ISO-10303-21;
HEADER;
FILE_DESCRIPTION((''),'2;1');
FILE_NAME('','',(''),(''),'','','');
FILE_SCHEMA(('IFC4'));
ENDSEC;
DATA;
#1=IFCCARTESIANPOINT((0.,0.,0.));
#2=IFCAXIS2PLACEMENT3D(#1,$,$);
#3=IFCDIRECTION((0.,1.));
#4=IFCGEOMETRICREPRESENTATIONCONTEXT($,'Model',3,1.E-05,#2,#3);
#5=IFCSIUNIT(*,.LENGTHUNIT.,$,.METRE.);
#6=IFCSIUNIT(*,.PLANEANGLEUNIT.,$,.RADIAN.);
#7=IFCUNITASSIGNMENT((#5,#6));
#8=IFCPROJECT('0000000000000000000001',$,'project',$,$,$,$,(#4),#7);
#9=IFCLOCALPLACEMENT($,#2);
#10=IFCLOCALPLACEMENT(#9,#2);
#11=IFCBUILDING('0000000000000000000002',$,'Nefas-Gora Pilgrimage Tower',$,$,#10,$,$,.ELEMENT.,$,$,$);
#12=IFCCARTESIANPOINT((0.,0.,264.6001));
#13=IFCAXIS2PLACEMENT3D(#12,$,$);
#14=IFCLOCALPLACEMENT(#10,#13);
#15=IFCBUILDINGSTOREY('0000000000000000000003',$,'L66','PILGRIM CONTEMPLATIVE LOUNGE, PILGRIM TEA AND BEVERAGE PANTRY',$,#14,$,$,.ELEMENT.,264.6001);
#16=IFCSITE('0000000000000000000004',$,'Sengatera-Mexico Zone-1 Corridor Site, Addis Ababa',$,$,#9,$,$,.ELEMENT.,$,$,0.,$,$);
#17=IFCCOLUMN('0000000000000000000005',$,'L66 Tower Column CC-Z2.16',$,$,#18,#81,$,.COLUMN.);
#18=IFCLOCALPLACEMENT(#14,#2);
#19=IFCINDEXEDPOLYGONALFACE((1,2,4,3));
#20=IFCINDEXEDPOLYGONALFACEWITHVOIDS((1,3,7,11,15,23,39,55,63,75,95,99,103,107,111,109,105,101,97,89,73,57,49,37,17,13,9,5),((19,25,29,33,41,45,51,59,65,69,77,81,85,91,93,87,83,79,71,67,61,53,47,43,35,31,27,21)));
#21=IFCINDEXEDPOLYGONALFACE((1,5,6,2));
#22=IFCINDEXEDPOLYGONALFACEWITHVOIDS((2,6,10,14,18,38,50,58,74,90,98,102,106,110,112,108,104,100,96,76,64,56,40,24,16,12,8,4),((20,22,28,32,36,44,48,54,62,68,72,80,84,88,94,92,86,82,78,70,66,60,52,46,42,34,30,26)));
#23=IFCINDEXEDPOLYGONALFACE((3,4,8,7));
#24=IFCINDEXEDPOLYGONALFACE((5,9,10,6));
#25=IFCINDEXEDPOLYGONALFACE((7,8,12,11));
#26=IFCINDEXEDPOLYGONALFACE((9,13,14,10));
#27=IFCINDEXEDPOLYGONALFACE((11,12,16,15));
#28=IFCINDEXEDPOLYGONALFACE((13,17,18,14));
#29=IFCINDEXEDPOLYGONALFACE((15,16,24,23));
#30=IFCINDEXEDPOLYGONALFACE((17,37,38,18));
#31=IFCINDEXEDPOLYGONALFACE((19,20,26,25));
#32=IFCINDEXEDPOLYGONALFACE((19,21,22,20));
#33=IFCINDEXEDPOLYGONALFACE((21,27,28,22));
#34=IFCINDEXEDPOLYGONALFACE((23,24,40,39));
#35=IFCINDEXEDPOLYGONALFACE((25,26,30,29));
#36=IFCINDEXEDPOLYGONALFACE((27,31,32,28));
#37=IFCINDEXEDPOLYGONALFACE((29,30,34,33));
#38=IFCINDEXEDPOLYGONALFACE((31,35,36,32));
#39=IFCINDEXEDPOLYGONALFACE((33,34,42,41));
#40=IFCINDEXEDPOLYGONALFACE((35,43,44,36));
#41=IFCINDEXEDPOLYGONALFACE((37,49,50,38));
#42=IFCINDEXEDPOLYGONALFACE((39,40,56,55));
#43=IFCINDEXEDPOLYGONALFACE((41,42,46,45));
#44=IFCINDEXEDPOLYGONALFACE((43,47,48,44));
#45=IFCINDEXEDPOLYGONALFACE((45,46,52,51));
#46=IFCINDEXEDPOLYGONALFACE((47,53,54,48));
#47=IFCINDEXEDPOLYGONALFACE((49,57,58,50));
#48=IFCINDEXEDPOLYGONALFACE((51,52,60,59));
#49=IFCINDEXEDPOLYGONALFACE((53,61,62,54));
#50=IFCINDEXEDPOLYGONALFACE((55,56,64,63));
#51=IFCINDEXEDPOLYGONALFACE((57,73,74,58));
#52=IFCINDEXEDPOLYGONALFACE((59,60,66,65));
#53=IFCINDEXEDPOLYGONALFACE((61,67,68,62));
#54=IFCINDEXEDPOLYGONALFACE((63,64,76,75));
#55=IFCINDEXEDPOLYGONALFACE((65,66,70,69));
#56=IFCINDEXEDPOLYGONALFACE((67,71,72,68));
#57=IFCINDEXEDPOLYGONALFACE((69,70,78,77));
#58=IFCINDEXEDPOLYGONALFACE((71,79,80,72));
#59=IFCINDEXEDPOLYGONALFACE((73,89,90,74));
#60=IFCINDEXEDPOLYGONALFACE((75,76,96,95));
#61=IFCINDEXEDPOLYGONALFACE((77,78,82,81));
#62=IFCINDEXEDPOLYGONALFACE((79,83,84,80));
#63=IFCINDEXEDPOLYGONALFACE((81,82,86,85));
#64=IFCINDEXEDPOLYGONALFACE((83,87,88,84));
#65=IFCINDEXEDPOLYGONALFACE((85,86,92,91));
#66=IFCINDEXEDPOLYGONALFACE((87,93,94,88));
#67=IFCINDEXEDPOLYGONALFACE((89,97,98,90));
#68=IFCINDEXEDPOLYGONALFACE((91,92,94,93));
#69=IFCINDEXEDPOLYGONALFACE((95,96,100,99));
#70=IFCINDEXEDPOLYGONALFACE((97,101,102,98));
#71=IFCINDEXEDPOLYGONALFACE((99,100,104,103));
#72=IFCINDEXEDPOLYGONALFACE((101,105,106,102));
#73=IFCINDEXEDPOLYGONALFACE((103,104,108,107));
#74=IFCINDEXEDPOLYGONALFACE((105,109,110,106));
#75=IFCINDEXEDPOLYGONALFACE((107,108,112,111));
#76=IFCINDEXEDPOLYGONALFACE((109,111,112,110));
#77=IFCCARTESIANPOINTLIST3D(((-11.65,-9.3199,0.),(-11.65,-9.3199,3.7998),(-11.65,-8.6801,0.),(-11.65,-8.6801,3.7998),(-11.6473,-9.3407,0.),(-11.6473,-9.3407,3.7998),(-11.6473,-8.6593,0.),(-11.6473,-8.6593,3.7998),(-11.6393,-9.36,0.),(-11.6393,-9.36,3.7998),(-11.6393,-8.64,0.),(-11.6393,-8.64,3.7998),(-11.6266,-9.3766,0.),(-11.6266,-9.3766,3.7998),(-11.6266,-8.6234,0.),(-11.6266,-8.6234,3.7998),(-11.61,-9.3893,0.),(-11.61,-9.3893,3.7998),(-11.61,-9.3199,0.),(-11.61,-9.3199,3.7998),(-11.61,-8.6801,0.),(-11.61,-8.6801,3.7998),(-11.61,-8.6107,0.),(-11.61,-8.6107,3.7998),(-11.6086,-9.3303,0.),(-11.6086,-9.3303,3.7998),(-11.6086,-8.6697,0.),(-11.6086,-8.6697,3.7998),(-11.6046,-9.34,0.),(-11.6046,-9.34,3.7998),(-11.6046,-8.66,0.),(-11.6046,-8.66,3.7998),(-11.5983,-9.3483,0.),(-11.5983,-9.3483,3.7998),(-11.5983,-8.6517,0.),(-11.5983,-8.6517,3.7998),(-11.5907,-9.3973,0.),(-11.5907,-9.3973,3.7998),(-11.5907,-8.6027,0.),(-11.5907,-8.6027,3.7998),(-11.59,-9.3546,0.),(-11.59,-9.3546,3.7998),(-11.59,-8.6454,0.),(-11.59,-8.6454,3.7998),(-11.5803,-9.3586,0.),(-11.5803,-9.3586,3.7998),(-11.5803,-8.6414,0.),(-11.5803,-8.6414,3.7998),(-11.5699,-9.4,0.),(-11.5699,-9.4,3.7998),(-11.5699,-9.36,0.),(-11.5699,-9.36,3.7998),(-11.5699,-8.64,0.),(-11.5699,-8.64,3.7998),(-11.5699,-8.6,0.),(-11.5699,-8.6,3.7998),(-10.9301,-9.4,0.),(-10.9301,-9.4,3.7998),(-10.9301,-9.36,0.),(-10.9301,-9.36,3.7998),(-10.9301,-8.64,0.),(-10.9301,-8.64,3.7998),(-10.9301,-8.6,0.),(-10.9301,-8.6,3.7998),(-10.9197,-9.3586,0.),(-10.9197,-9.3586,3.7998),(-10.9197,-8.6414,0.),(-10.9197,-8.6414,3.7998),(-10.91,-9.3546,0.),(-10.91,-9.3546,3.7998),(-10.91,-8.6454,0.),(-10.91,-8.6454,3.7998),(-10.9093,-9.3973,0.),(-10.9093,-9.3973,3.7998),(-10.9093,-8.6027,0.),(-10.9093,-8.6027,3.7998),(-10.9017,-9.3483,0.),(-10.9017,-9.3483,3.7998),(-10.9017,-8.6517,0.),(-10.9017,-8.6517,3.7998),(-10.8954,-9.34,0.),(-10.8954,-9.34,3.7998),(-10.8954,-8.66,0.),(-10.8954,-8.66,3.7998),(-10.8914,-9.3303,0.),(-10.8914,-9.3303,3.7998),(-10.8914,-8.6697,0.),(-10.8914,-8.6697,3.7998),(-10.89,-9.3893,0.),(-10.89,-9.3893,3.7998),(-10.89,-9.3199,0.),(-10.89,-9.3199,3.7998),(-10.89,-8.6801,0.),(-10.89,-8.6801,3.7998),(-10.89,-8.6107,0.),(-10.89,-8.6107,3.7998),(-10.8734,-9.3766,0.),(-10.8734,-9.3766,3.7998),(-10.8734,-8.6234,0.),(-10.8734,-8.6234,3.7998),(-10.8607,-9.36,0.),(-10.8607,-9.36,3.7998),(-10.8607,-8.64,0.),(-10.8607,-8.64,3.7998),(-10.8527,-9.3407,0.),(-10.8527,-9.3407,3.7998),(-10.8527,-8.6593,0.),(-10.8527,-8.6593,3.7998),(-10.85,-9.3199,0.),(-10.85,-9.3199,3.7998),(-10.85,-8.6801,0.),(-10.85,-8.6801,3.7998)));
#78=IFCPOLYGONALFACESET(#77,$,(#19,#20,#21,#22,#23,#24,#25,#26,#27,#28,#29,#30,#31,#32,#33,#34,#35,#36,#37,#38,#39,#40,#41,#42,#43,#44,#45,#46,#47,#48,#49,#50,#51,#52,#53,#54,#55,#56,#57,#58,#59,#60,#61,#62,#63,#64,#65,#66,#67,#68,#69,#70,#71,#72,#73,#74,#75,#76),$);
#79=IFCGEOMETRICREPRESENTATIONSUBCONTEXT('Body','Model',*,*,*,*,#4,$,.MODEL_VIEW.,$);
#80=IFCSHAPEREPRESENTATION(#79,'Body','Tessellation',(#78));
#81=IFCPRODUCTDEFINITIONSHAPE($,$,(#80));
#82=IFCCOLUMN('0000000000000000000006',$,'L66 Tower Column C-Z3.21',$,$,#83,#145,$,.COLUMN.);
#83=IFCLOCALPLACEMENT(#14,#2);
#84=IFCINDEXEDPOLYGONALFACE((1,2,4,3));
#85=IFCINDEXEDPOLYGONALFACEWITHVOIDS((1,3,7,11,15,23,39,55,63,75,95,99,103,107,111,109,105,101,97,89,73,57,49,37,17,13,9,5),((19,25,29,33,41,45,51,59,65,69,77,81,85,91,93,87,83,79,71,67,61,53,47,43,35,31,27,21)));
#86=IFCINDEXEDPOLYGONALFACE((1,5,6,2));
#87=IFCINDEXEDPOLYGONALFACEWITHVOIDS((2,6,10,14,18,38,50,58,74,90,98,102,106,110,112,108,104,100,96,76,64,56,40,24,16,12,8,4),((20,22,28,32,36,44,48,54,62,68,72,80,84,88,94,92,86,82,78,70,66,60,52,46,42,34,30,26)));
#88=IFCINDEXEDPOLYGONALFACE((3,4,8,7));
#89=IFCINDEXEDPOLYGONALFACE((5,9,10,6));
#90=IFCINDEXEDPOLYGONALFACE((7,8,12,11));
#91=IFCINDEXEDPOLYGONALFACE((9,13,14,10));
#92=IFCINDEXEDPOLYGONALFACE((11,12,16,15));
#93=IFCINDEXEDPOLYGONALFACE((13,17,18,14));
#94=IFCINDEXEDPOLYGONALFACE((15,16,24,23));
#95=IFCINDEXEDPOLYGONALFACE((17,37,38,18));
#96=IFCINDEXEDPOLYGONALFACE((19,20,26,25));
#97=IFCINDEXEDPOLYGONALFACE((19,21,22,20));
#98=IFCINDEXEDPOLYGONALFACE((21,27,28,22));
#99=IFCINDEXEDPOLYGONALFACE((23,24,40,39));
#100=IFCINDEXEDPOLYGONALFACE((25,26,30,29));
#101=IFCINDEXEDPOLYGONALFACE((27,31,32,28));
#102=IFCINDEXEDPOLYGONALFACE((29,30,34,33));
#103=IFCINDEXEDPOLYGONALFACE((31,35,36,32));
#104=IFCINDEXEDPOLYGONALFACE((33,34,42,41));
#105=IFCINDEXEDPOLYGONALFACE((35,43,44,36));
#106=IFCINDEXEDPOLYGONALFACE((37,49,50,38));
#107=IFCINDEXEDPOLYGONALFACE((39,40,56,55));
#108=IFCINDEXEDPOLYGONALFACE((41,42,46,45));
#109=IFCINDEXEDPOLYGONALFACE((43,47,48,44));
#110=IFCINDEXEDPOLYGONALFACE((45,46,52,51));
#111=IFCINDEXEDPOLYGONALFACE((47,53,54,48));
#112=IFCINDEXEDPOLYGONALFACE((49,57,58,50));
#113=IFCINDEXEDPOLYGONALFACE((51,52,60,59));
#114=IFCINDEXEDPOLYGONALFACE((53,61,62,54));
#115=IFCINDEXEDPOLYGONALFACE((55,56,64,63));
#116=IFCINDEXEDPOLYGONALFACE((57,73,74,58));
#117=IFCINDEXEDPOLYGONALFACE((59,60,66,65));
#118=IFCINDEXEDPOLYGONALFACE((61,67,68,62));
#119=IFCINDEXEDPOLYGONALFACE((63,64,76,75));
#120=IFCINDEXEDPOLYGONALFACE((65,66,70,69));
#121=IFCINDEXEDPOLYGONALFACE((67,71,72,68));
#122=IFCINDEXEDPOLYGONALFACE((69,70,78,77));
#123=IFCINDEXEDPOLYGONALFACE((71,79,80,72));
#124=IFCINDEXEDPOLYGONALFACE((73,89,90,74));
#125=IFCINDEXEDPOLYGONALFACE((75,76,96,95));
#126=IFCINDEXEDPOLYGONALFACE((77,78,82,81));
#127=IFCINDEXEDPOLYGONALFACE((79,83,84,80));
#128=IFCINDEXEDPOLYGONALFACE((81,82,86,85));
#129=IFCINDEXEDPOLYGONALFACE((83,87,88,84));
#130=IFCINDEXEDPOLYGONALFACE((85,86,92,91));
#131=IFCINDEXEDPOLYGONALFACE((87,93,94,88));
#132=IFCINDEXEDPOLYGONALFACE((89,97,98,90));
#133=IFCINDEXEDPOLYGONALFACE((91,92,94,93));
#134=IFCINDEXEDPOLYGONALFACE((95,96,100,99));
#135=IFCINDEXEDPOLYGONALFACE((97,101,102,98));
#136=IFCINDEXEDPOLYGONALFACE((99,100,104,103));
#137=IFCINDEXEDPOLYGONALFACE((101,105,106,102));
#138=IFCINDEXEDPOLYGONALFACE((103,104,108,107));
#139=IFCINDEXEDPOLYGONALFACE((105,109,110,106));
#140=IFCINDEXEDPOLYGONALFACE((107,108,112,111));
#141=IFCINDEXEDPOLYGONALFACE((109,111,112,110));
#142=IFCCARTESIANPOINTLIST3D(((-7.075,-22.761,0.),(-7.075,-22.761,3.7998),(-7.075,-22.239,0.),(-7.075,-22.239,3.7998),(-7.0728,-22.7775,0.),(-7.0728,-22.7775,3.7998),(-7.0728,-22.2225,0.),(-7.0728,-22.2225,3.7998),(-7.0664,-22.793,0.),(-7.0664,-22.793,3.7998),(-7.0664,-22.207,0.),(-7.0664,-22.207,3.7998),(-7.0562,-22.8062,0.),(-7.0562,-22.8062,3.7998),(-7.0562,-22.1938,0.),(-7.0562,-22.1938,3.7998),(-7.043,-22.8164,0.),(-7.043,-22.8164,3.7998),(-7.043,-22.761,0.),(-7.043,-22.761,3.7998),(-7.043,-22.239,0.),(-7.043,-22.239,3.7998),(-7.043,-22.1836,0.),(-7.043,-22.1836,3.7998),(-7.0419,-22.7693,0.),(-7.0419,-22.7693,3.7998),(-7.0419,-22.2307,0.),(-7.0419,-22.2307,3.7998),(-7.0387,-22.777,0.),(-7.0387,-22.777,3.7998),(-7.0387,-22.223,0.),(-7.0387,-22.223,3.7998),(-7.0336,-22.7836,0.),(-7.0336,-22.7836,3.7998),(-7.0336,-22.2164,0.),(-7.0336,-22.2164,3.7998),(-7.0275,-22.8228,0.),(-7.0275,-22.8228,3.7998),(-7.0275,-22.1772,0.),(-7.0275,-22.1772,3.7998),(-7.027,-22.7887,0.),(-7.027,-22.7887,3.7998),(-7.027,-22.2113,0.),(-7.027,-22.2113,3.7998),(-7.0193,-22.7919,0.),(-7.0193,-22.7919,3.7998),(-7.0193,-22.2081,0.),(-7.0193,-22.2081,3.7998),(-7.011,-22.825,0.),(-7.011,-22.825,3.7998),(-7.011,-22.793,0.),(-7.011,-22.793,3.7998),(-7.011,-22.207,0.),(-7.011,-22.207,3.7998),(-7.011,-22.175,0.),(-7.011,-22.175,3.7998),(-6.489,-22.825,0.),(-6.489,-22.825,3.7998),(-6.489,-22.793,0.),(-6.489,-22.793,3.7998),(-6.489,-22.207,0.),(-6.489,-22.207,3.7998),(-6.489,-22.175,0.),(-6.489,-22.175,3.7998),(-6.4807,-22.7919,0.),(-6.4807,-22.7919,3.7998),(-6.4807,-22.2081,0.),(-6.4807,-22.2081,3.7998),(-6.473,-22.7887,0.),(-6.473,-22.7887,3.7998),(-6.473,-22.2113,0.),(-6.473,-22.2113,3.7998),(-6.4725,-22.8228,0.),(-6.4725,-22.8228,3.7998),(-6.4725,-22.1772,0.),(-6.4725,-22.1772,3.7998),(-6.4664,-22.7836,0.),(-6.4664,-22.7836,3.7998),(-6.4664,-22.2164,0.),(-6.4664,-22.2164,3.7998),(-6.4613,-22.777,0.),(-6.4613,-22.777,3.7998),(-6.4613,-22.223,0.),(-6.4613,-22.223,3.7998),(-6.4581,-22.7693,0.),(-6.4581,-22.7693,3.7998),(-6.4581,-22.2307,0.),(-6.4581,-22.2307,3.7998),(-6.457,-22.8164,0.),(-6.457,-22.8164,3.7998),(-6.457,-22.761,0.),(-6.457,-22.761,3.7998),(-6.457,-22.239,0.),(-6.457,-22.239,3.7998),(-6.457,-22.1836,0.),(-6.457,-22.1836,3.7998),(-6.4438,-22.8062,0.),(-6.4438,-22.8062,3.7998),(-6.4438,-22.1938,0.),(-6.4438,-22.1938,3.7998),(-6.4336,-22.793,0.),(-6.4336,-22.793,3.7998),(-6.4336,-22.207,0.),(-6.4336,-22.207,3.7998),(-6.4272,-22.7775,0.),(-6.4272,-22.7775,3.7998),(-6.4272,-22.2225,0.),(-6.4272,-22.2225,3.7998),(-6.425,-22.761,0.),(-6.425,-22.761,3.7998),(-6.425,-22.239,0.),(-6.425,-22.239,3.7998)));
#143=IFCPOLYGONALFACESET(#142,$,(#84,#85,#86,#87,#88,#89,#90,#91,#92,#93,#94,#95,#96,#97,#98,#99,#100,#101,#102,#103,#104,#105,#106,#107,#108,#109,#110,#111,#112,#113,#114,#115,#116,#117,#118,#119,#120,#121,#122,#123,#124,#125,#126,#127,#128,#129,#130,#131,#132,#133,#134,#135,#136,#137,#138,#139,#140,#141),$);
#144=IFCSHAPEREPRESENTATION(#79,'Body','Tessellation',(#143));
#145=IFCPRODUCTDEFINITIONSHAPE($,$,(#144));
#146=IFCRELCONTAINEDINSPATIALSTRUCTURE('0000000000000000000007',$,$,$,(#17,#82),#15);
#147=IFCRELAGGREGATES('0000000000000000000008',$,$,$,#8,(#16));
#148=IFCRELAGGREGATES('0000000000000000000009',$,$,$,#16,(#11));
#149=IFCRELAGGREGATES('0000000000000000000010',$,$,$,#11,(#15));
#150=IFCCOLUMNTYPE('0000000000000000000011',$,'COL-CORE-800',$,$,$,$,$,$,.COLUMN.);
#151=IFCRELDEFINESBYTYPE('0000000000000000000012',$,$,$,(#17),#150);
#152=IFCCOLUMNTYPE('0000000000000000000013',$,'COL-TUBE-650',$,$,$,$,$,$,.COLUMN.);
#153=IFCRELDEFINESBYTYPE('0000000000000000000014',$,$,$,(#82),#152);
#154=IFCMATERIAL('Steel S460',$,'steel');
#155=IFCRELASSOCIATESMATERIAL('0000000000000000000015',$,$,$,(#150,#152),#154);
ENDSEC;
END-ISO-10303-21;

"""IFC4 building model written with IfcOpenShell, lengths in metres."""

from ifc_helpers import new_model, si_unit, direction, frame, origin, origin_2d, place, context, subcontext, project, spatial, hollow_rectangle, extrude, source, transform, mapped, material, material_profile, profile_set, type_object, element, save


model = new_model("IFC4")

# Units and contexts
model_context = context("Model", 3, precision=1e-05, world=origin(), true_north=direction((0.0, 1.0)))
body_context = subcontext(model_context, "Body", "Model", "MODEL_VIEW")
ifc_project = project(units=[si_unit("LENGTHUNIT", "METRE"), si_unit("PLANEANGLEUNIT", "RADIAN")], contexts=[model_context])

# Site, building, storey
site_placement = place(None, origin())
site = spatial("IfcSite", under=ifc_project, at=site_placement, Name="Sengatera-Mexico Zone-1 Corridor Site, Addis Ababa", CompositionType="ELEMENT", RefElevation=0.0)
building_placement = place(site_placement, origin())
building = spatial("IfcBuilding", under=site, at=building_placement, Name="Nefas-Gora Pilgrimage Tower", CompositionType="ELEMENT")
storey_placement = place(building_placement, frame((0.0, 0.0, 264.6001)))
storey = spatial("IfcBuildingStorey", under=building, at=storey_placement, Name="L66", Description="PILGRIM CONTEMPLATIVE LOUNGE, PILGRIM TEA AND BEVERAGE PANTRY", CompositionType="ELEMENT", Elevation=264.6001)

# Columns
ifc_material_1 = material(Name="Steel S460", Category="steel")
ifc_material_profile_1 = material_profile(ifc_material_1, hollow_rectangle(XDim=0.8, YDim=0.8, WallThickness=0.04, InnerFilletRadius=0.04, OuterFilletRadius=0.0801, at=origin_2d()), Name="BOX 800x800x40")
ifc_profile_set_1 = profile_set([ifc_material_profile_1], Name="Steel S460")
column_type_1 = type_object("IfcColumnType", Name="COL-CORE-800", PredefinedType="COLUMN", material=ifc_profile_set_1)
shared_shape_1 = source(origin(), body_context, "Body", "SweptSolid", [
    extrude(hollow_rectangle(XDim=0.8, YDim=0.8, WallThickness=0.04, InnerFilletRadius=0.04, OuterFilletRadius=0.0801, at=origin_2d()), origin(), (0.0, 0.0, 1.0), 3.7998),
])
column_placement = place(storey_placement, frame((-11.25, -9.0, 0.0), z_axis=(0.0, 0.0, 1.0), x_axis=(1.0, 0.0, 0.0)))
element("IfcColumn", 1, at=column_placement, inside=storey, type_object=column_type_1, Name="L66 Tower Column CC-Z2.16", PredefinedType="COLUMN", context=body_context, shape_type="MappedRepresentation", body=[
    mapped(shared_shape_1, transform((0.0, 0.0, 0.0), x_axis=(1.0, 0.0, 0.0), y_axis=(0.0, 1.0, 0.0), z_axis=(0.0, 0.0, 1.0), scale=1.0)),
])
ifc_material_profile_2 = material_profile(ifc_material_1, hollow_rectangle(XDim=0.6499, YDim=0.6499, WallThickness=0.032, InnerFilletRadius=0.032, OuterFilletRadius=0.064, at=origin_2d()), Name="BOX 650x650x32")
ifc_profile_set_2 = profile_set([ifc_material_profile_2], Name="Steel S460")
column_type_2 = type_object("IfcColumnType", Name="COL-TUBE-650", PredefinedType="COLUMN", material=ifc_profile_set_2)
shared_shape_2 = source(origin(), body_context, "Body", "SweptSolid", [
    extrude(hollow_rectangle(XDim=0.6499, YDim=0.6499, WallThickness=0.032, InnerFilletRadius=0.032, OuterFilletRadius=0.064, at=origin_2d()), origin(), (0.0, 0.0, 1.0), 3.7998),
])
for number, where, z_axis, x_axis, name in (
    (2, (-6.75, -22.5, 0.0), (0.0, 0.0, 1.0), (1.0, 0.0, 0.0), "L66 Tower Column C-Z3.21"),
):
    element("IfcColumn", number, at=place(storey_placement, frame(where, z_axis=z_axis, x_axis=x_axis)), inside=storey, type_object=column_type_2, Name=name, PredefinedType="COLUMN", context=body_context, shape_type="MappedRepresentation", body=[
        mapped(shared_shape_2, transform((0.0, 0.0, 0.0), x_axis=(1.0, 0.0, 0.0), y_axis=(0.0, 1.0, 0.0), z_axis=(0.0, 0.0, 1.0), scale=1.0)),
    ])

save(model, "model.ifc")
